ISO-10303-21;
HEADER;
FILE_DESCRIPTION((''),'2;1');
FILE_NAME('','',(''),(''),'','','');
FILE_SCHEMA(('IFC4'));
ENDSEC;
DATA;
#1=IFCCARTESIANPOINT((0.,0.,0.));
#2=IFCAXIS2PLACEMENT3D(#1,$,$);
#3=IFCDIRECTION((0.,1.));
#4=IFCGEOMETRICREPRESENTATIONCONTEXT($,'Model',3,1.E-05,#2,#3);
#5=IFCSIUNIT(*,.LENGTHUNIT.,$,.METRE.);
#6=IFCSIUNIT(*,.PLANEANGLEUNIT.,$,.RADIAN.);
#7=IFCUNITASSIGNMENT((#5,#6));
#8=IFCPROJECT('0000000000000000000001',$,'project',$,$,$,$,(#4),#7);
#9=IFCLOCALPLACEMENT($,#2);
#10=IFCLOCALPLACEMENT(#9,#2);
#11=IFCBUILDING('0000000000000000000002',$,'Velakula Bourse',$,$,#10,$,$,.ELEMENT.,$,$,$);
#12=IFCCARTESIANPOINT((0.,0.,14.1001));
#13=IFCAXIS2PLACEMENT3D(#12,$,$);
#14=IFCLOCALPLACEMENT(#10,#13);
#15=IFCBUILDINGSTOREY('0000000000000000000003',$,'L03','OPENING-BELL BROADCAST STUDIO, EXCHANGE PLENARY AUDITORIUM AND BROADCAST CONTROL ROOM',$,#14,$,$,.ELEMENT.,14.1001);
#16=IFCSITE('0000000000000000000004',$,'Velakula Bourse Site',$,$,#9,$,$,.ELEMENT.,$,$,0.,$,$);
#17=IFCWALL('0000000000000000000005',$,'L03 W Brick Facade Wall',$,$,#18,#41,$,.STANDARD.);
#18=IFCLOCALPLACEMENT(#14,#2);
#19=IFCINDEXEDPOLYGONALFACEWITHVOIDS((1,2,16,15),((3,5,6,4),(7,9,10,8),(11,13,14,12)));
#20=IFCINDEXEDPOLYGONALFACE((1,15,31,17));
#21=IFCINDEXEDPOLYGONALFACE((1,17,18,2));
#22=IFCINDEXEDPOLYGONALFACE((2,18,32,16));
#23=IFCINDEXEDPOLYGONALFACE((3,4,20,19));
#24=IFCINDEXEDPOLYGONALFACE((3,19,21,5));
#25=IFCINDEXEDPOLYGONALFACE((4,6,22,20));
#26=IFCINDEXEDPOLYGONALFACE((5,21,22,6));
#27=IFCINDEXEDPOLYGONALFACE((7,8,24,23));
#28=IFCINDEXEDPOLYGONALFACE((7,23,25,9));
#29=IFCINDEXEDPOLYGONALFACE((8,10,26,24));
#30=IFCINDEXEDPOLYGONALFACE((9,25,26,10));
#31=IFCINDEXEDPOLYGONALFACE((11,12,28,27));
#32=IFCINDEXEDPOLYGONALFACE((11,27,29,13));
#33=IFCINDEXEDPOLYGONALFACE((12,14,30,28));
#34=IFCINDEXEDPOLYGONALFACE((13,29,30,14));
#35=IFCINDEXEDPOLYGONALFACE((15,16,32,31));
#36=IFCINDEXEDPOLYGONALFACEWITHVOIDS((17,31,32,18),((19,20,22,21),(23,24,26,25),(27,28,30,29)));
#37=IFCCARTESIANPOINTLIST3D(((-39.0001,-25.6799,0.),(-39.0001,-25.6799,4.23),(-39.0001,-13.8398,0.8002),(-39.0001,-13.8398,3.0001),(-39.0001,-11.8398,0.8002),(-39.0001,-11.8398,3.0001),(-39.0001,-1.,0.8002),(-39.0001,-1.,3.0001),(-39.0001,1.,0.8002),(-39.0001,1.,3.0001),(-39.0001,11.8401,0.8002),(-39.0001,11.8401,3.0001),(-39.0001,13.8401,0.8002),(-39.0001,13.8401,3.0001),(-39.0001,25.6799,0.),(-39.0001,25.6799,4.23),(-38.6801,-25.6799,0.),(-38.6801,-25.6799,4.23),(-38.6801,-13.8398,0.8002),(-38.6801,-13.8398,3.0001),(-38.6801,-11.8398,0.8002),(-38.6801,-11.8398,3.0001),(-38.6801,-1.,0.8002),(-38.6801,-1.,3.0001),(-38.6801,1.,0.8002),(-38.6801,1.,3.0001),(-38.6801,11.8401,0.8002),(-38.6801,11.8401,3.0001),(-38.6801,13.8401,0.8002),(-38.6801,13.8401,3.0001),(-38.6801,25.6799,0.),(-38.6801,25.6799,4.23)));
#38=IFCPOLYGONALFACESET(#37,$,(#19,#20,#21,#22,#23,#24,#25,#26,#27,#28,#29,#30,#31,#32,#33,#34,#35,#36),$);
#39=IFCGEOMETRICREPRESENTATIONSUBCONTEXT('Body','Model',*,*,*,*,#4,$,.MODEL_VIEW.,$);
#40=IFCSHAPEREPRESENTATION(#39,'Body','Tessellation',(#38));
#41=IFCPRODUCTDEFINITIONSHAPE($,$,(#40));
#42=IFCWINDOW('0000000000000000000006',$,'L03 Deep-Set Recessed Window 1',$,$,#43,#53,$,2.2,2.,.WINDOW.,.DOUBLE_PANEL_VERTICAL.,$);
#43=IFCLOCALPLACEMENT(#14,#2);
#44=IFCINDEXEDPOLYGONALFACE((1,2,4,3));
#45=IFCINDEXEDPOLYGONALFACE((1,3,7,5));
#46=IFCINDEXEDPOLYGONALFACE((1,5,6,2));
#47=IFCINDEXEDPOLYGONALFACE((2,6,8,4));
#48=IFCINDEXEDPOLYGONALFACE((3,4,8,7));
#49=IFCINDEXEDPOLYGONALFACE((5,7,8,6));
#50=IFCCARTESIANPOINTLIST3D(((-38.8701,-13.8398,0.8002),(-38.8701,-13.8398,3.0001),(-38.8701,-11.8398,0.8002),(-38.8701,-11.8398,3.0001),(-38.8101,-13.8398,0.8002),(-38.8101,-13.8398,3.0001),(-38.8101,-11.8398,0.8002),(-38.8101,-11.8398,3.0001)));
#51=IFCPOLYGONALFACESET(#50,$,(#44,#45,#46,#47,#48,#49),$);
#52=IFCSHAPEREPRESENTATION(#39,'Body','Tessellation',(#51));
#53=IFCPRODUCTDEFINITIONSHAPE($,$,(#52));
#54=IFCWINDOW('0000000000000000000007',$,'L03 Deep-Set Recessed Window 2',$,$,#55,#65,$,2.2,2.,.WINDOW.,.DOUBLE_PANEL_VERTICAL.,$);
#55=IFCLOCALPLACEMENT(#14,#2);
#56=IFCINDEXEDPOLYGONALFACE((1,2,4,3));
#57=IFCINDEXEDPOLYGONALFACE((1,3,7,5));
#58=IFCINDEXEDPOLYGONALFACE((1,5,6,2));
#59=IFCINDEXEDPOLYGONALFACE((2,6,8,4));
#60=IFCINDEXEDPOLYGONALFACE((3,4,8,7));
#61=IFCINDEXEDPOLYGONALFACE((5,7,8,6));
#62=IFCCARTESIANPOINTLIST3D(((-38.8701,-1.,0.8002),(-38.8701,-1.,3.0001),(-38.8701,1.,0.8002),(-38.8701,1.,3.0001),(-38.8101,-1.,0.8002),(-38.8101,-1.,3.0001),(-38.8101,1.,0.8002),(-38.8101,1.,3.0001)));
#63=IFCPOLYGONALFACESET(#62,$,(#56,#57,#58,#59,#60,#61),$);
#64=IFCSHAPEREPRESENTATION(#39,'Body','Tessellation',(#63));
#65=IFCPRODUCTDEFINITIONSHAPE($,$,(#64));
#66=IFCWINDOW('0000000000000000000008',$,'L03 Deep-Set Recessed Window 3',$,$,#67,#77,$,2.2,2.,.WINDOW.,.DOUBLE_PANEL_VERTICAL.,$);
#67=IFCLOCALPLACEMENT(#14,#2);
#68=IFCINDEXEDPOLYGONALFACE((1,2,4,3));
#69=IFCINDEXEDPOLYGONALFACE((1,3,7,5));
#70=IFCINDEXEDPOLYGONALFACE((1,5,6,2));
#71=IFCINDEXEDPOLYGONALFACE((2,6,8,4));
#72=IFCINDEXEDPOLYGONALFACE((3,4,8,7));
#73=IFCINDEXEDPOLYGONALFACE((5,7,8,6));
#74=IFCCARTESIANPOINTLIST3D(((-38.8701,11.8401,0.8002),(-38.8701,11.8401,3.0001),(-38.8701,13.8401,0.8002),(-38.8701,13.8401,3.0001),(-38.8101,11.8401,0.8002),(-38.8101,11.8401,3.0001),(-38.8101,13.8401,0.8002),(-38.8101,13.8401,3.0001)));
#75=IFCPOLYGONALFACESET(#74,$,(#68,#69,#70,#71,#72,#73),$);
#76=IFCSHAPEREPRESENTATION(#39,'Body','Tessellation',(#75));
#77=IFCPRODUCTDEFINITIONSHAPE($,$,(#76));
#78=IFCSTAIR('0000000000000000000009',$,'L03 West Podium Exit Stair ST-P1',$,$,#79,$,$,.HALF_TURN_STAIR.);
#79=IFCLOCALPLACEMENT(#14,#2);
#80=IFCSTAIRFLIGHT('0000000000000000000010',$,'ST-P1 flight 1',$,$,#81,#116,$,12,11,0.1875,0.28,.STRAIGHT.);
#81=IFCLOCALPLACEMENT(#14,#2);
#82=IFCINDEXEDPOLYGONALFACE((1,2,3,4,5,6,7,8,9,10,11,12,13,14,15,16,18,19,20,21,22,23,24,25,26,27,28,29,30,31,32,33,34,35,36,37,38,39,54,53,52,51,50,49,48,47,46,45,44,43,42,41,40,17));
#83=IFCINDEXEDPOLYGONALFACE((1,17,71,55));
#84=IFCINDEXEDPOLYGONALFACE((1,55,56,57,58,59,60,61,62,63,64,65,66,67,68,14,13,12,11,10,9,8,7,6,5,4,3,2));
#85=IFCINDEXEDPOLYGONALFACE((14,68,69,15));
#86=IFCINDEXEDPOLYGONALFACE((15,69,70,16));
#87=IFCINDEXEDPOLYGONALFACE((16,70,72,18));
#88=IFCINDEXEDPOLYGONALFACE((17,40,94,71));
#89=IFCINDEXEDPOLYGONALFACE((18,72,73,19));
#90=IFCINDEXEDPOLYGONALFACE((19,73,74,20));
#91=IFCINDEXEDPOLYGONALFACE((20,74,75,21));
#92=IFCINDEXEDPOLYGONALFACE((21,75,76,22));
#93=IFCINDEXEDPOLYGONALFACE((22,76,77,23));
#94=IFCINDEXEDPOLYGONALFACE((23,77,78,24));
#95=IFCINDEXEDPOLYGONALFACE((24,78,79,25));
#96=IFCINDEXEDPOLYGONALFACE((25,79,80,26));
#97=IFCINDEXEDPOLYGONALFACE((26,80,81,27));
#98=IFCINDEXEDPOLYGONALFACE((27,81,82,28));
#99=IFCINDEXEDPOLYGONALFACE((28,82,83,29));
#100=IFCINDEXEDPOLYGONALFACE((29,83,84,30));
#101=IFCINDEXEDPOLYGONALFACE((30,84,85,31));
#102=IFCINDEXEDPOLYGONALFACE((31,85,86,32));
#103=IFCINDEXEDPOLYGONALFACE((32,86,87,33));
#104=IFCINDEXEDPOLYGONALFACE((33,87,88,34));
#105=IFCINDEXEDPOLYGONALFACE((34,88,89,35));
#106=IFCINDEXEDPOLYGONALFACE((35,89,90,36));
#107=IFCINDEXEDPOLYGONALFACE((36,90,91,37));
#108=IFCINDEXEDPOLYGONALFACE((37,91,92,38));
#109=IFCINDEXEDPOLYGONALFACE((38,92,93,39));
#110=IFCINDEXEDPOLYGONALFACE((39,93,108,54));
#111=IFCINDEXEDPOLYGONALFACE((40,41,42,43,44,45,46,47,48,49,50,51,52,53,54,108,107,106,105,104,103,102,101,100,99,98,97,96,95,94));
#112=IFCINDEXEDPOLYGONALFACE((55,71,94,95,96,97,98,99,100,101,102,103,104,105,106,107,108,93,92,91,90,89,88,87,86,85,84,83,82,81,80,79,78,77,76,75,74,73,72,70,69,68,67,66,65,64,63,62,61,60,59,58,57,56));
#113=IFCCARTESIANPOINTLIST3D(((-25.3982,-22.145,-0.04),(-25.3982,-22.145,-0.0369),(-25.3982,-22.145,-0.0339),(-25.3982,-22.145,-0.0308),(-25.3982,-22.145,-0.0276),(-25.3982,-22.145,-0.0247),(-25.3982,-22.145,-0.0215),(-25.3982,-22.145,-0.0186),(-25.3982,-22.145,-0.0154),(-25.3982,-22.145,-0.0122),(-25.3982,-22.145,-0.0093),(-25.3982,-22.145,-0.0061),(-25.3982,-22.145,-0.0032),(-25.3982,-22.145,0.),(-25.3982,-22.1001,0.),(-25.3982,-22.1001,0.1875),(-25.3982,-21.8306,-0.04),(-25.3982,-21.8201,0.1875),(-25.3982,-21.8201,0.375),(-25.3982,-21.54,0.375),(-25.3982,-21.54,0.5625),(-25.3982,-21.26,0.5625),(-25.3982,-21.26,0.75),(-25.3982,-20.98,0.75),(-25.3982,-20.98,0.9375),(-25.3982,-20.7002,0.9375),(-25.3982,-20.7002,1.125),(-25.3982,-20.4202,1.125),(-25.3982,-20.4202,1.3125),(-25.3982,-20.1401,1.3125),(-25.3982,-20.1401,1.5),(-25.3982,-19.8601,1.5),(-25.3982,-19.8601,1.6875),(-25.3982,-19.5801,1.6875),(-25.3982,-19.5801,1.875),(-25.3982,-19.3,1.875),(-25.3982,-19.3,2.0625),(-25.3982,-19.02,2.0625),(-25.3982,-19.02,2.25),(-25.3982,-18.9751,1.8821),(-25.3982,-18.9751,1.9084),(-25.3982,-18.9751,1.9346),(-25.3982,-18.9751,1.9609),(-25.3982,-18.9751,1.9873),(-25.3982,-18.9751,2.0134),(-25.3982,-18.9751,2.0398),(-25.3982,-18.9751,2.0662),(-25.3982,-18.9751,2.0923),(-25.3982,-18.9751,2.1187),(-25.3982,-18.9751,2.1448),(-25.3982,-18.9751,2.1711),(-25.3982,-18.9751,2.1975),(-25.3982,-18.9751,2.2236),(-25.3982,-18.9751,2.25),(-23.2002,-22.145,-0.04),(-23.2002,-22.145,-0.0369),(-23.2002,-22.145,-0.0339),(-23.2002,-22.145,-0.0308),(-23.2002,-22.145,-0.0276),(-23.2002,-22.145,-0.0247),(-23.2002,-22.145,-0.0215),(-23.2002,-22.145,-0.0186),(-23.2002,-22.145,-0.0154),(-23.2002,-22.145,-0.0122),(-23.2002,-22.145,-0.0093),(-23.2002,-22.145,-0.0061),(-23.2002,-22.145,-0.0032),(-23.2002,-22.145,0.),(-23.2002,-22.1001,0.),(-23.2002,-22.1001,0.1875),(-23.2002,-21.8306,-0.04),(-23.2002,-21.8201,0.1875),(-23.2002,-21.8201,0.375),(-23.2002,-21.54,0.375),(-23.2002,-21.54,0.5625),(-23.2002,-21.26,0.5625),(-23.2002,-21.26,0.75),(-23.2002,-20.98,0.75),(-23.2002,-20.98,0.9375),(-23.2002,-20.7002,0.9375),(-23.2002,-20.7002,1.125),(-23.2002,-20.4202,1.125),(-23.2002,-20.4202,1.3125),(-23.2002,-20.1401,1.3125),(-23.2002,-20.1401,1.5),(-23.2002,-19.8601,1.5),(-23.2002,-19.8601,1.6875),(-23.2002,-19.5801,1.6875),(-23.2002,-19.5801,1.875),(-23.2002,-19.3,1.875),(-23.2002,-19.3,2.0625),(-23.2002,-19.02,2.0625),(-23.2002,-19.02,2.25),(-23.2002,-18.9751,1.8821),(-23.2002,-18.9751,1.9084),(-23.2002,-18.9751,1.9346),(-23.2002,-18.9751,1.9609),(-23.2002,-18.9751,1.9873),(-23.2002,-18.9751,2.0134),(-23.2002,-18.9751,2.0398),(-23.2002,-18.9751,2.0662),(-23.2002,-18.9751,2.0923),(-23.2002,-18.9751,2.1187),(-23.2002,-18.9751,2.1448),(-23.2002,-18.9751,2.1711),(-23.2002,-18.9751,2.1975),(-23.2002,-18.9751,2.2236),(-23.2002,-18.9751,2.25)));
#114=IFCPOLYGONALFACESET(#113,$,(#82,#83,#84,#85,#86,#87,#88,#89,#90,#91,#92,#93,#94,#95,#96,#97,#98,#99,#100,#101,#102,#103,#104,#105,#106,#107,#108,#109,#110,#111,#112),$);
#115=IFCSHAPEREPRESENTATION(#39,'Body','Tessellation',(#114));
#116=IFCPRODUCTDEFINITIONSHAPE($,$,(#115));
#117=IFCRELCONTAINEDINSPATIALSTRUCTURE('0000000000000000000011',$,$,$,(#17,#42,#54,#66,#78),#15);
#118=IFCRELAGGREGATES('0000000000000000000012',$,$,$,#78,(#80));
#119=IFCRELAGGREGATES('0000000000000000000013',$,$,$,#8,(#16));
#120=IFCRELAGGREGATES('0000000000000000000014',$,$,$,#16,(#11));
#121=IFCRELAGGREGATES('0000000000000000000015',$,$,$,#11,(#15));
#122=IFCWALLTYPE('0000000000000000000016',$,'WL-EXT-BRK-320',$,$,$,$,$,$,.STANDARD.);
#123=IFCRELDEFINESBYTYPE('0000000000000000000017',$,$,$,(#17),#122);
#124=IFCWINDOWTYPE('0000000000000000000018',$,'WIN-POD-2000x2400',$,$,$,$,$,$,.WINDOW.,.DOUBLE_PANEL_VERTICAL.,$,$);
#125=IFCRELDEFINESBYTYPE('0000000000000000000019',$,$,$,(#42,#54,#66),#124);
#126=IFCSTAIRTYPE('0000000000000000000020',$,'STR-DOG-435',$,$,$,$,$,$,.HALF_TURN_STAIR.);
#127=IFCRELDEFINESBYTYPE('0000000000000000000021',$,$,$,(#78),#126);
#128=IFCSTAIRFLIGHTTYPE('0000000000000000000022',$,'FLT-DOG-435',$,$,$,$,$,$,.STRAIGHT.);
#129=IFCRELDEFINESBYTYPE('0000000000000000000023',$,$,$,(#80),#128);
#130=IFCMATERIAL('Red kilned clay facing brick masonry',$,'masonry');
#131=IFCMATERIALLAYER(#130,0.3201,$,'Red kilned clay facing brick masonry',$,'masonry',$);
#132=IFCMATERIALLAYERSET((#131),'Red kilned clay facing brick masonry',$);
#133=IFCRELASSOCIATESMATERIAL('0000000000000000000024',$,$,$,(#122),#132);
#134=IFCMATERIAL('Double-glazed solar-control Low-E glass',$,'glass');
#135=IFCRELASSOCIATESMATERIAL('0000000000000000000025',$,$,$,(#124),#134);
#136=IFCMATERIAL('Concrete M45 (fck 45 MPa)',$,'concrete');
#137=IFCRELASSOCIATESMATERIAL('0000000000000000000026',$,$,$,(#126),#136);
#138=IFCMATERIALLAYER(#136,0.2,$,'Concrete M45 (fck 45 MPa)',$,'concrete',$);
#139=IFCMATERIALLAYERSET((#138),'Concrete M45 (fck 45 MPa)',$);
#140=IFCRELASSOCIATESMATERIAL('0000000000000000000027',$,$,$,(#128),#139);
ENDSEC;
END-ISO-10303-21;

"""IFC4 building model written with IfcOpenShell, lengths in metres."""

from ifc_helpers import new_model, si_unit, direction, frame, frame_2d, origin, place, context, subcontext, project, spatial, polyline, rectangle, outline, extrude, material, layer, layer_set, type_object, element, fill, aggregate, save


model = new_model("IFC4")

# Units and contexts
model_context = context("Model", 3, precision=1e-05, world=origin(), true_north=direction((0.0, 1.0)))
body_context = subcontext(model_context, "Body", "Model", "MODEL_VIEW")
ifc_project = project(units=[si_unit("LENGTHUNIT", "METRE"), si_unit("PLANEANGLEUNIT", "RADIAN")], contexts=[model_context])

# Site, building, storey
site_placement = place(None, origin())
site = spatial("IfcSite", under=ifc_project, at=site_placement, Name="Velakula Bourse Site", CompositionType="ELEMENT", RefElevation=0.0)
building_placement = place(site_placement, origin())
building = spatial("IfcBuilding", under=site, at=building_placement, Name="Velakula Bourse", CompositionType="ELEMENT")
storey_placement = place(building_placement, frame((0.0, 0.0, 14.1001)))
storey = spatial("IfcBuildingStorey", under=building, at=storey_placement, Name="L03", Description="OPENING-BELL BROADCAST STUDIO, EXCHANGE PLENARY AUDITORIUM AND BROADCAST CONTROL ROOM", CompositionType="ELEMENT", Elevation=14.1001)

# Wall, openings, windows
ifc_material_1 = material(Name="Red kilned clay facing brick masonry", Category="masonry")
ifc_layer_1 = layer(ifc_material_1, 0.3201, Name="Red kilned clay facing brick masonry", Category="masonry")
ifc_layer_set_1 = layer_set([ifc_layer_1], Name="Red kilned clay facing brick masonry")
wall_type_1 = type_object("IfcWallType", Name="WL-EXT-BRK-320", PredefinedType="STANDARD", material=ifc_layer_set_1)
wall_1_placement = place(storey_placement, frame((-38.8401, -25.6799, 0.0), z_axis=(0.0, 0.0, 1.0), x_axis=(0.0, 1.0, 0.0)))
wall_1 = element("IfcWall", 1, at=wall_1_placement, inside=storey, type_object=wall_type_1, Name="L03 W Brick Facade Wall", PredefinedType="STANDARD", context=body_context, shape_type="SweptSolid", body=[
    extrude(rectangle(XDim=51.3599, YDim=0.3201, at=frame_2d((25.6799, 0.0))), origin(), (0.0, 0.0, 1.0), 4.23),
])
opening_1_placement = place(wall_1_placement, frame((11.8401, 0.0, 0.8)))
opening_1 = element("IfcOpeningElement", 2, at=opening_1_placement, cuts=wall_1, PredefinedType="OPENING", context=body_context, shape_type="SweptSolid", body=[
    extrude(rectangle(XDim=2.0, YDim=2.2, at=frame_2d((1.0, 1.1001))), frame((0.0, 0.1699, 0.0), z_axis=(0.0, -1.0, 0.0), x_axis=(1.0, 0.0, 0.0)), (0.0, 0.0, 1.0), 0.3401),
])
opening_2_placement = place(wall_1_placement, frame((24.6799, 0.0, 0.8)))
opening_2 = element("IfcOpeningElement", 3, at=opening_2_placement, cuts=wall_1, PredefinedType="OPENING", context=body_context, shape_type="SweptSolid", body=[
    extrude(rectangle(XDim=2.0, YDim=2.2, at=frame_2d((1.0, 1.1001))), frame((0.0, 0.1699, 0.0), z_axis=(0.0, -1.0, 0.0), x_axis=(1.0, 0.0, 0.0)), (0.0, 0.0, 1.0), 0.3401),
])
opening_3_placement = place(wall_1_placement, frame((37.52, 0.0, 0.8)))
opening_3 = element("IfcOpeningElement", 4, at=opening_3_placement, cuts=wall_1, PredefinedType="OPENING", context=body_context, shape_type="SweptSolid", body=[
    extrude(rectangle(XDim=2.0, YDim=2.2, at=frame_2d((1.0, 1.1001))), frame((0.0, 0.1699, 0.0), z_axis=(0.0, -1.0, 0.0), x_axis=(1.0, 0.0, 0.0)), (0.0, 0.0, 1.0), 0.3401),
])
ifc_material_2 = material(Name="Double-glazed solar-control Low-E glass", Category="glass")
window_type = type_object("IfcWindowType", Name="WIN-POD-2000x2400", PartitioningType="DOUBLE_PANEL_VERTICAL", PredefinedType="WINDOW", material=ifc_material_2)
window_1_placement = place(opening_1_placement, origin())
window_1 = element("IfcWindow", 5, at=window_1_placement, inside=storey, type_object=window_type, Name="L03 Deep-Set Recessed Window 1", OverallHeight=2.2, OverallWidth=2.0, PartitioningType="DOUBLE_PANEL_VERTICAL", PredefinedType="WINDOW", context=body_context, shape_type="SweptSolid", body=[
    extrude(rectangle(XDim=2.0, YDim=2.2, at=frame_2d((1.0, 1.1001))), frame((0.0, 0.03, 0.0), z_axis=(0.0, -1.0, 0.0), x_axis=(1.0, 0.0, 0.0)), (0.0, 0.0, 1.0), 0.0601),
])
fill(opening_1, window_1)
window_2_placement = place(opening_2_placement, origin())
window_2 = element("IfcWindow", 6, at=window_2_placement, inside=storey, type_object=window_type, Name="L03 Deep-Set Recessed Window 2", OverallHeight=2.2, OverallWidth=2.0, PartitioningType="DOUBLE_PANEL_VERTICAL", PredefinedType="WINDOW", context=body_context, shape_type="SweptSolid", body=[
    extrude(rectangle(XDim=2.0, YDim=2.2, at=frame_2d((1.0, 1.1001))), frame((0.0, 0.03, 0.0), z_axis=(0.0, -1.0, 0.0), x_axis=(1.0, 0.0, 0.0)), (0.0, 0.0, 1.0), 0.0601),
])
fill(opening_2, window_2)
window_3_placement = place(opening_3_placement, origin())
window_3 = element("IfcWindow", 7, at=window_3_placement, inside=storey, type_object=window_type, Name="L03 Deep-Set Recessed Window 3", OverallHeight=2.2, OverallWidth=2.0, PartitioningType="DOUBLE_PANEL_VERTICAL", PredefinedType="WINDOW", context=body_context, shape_type="SweptSolid", body=[
    extrude(rectangle(XDim=2.0, YDim=2.2, at=frame_2d((1.0, 1.1001))), frame((0.0, 0.03, 0.0), z_axis=(0.0, -1.0, 0.0), x_axis=(1.0, 0.0, 0.0)), (0.0, 0.0, 1.0), 0.0601),
])
fill(opening_3, window_3)

# Stair, stair flight
ifc_material_3 = material(Name="Concrete M45 (fck 45 MPa)", Category="concrete")
stair_type = type_object("IfcStairType", Name="STR-DOG-435", PredefinedType="HALF_TURN_STAIR", material=ifc_material_3)
stair_placement = place(storey_placement, origin())
stair = element("IfcStair", 8, at=stair_placement, inside=storey, type_object=stair_type, Name="L03 West Podium Exit Stair ST-P1", PredefinedType="HALF_TURN_STAIR")
ifc_layer_2 = layer(ifc_material_3, 0.2, Name="Concrete M45 (fck 45 MPa)", Category="concrete")
ifc_layer_set_2 = layer_set([ifc_layer_2], Name="Concrete M45 (fck 45 MPa)")
stair_flight_type = type_object("IfcStairFlightType", Name="FLT-DOG-435", PredefinedType="STRAIGHT", material=ifc_layer_set_2)
stair_flight_placement = place(storey_placement, frame((-24.2991, -22.1001, 0.0), z_axis=(0.0, 0.0, 1.0), x_axis=(0.0, 1.0, 0.0)))
stair_flight = element("IfcStairFlight", 9, at=stair_flight_placement, type_object=stair_flight_type, Name="ST-P1 flight 1", NumberOfRisers=12, NumberOfTreads=11, PredefinedType="STRAIGHT", RiserHeight=0.1875, TreadLength=0.28, context=body_context, shape_type="SweptSolid", body=[
    extrude(outline(polyline([(-0.0449, -0.04), (-0.0449, -0.0369), (-0.0449, -0.0339), (-0.0449, -0.0308), (-0.0449, -0.0276), (-0.0449, -0.0247), (-0.0449, -0.0215), (-0.0449, -0.0186), (-0.0449, -0.0154), (-0.0449, -0.0122), (-0.0449, -0.0093), (-0.0449, -0.0061), (-0.0449, -0.0032), (-0.0449, 0.0), (0.0, 0.0), (0.0, 0.1875), (0.28, 0.1875), (0.28, 0.375), (0.5601, 0.375), (0.5601, 0.5625), (0.8401, 0.5625), (0.8401, 0.75), (1.1201, 0.75), (1.1201, 0.9375), (1.3999, 0.9375), (1.3999, 1.125), (1.6799, 1.125), (1.6799, 1.3125), (1.96, 1.3125), (1.96, 1.5), (2.24, 1.5), (2.24, 1.6875), (2.52, 1.6875), (2.52, 1.875), (2.8, 1.875), (2.8, 2.0625), (3.0801, 2.0625), (3.0801, 2.25), (3.125, 2.25), (3.125, 2.2236), (3.125, 2.1975), (3.125, 2.1711), (3.125, 2.1448), (3.125, 2.1187), (3.125, 2.0923), (3.125, 2.0662), (3.125, 2.0398), (3.125, 2.0134), (3.125, 1.9873), (3.125, 1.9609), (3.125, 1.9346), (3.125, 1.9084), (3.125, 1.8821), (0.2695, -0.04), (-0.0449, -0.04)])), frame((0.0, 1.0991, 0.0), z_axis=(0.0, -1.0, 0.0), x_axis=(1.0, 0.0, 0.0)), (0.0, 0.0, 1.0), 2.198),
])
aggregate(stair, [stair_flight])

save(model, "model.ifc")
